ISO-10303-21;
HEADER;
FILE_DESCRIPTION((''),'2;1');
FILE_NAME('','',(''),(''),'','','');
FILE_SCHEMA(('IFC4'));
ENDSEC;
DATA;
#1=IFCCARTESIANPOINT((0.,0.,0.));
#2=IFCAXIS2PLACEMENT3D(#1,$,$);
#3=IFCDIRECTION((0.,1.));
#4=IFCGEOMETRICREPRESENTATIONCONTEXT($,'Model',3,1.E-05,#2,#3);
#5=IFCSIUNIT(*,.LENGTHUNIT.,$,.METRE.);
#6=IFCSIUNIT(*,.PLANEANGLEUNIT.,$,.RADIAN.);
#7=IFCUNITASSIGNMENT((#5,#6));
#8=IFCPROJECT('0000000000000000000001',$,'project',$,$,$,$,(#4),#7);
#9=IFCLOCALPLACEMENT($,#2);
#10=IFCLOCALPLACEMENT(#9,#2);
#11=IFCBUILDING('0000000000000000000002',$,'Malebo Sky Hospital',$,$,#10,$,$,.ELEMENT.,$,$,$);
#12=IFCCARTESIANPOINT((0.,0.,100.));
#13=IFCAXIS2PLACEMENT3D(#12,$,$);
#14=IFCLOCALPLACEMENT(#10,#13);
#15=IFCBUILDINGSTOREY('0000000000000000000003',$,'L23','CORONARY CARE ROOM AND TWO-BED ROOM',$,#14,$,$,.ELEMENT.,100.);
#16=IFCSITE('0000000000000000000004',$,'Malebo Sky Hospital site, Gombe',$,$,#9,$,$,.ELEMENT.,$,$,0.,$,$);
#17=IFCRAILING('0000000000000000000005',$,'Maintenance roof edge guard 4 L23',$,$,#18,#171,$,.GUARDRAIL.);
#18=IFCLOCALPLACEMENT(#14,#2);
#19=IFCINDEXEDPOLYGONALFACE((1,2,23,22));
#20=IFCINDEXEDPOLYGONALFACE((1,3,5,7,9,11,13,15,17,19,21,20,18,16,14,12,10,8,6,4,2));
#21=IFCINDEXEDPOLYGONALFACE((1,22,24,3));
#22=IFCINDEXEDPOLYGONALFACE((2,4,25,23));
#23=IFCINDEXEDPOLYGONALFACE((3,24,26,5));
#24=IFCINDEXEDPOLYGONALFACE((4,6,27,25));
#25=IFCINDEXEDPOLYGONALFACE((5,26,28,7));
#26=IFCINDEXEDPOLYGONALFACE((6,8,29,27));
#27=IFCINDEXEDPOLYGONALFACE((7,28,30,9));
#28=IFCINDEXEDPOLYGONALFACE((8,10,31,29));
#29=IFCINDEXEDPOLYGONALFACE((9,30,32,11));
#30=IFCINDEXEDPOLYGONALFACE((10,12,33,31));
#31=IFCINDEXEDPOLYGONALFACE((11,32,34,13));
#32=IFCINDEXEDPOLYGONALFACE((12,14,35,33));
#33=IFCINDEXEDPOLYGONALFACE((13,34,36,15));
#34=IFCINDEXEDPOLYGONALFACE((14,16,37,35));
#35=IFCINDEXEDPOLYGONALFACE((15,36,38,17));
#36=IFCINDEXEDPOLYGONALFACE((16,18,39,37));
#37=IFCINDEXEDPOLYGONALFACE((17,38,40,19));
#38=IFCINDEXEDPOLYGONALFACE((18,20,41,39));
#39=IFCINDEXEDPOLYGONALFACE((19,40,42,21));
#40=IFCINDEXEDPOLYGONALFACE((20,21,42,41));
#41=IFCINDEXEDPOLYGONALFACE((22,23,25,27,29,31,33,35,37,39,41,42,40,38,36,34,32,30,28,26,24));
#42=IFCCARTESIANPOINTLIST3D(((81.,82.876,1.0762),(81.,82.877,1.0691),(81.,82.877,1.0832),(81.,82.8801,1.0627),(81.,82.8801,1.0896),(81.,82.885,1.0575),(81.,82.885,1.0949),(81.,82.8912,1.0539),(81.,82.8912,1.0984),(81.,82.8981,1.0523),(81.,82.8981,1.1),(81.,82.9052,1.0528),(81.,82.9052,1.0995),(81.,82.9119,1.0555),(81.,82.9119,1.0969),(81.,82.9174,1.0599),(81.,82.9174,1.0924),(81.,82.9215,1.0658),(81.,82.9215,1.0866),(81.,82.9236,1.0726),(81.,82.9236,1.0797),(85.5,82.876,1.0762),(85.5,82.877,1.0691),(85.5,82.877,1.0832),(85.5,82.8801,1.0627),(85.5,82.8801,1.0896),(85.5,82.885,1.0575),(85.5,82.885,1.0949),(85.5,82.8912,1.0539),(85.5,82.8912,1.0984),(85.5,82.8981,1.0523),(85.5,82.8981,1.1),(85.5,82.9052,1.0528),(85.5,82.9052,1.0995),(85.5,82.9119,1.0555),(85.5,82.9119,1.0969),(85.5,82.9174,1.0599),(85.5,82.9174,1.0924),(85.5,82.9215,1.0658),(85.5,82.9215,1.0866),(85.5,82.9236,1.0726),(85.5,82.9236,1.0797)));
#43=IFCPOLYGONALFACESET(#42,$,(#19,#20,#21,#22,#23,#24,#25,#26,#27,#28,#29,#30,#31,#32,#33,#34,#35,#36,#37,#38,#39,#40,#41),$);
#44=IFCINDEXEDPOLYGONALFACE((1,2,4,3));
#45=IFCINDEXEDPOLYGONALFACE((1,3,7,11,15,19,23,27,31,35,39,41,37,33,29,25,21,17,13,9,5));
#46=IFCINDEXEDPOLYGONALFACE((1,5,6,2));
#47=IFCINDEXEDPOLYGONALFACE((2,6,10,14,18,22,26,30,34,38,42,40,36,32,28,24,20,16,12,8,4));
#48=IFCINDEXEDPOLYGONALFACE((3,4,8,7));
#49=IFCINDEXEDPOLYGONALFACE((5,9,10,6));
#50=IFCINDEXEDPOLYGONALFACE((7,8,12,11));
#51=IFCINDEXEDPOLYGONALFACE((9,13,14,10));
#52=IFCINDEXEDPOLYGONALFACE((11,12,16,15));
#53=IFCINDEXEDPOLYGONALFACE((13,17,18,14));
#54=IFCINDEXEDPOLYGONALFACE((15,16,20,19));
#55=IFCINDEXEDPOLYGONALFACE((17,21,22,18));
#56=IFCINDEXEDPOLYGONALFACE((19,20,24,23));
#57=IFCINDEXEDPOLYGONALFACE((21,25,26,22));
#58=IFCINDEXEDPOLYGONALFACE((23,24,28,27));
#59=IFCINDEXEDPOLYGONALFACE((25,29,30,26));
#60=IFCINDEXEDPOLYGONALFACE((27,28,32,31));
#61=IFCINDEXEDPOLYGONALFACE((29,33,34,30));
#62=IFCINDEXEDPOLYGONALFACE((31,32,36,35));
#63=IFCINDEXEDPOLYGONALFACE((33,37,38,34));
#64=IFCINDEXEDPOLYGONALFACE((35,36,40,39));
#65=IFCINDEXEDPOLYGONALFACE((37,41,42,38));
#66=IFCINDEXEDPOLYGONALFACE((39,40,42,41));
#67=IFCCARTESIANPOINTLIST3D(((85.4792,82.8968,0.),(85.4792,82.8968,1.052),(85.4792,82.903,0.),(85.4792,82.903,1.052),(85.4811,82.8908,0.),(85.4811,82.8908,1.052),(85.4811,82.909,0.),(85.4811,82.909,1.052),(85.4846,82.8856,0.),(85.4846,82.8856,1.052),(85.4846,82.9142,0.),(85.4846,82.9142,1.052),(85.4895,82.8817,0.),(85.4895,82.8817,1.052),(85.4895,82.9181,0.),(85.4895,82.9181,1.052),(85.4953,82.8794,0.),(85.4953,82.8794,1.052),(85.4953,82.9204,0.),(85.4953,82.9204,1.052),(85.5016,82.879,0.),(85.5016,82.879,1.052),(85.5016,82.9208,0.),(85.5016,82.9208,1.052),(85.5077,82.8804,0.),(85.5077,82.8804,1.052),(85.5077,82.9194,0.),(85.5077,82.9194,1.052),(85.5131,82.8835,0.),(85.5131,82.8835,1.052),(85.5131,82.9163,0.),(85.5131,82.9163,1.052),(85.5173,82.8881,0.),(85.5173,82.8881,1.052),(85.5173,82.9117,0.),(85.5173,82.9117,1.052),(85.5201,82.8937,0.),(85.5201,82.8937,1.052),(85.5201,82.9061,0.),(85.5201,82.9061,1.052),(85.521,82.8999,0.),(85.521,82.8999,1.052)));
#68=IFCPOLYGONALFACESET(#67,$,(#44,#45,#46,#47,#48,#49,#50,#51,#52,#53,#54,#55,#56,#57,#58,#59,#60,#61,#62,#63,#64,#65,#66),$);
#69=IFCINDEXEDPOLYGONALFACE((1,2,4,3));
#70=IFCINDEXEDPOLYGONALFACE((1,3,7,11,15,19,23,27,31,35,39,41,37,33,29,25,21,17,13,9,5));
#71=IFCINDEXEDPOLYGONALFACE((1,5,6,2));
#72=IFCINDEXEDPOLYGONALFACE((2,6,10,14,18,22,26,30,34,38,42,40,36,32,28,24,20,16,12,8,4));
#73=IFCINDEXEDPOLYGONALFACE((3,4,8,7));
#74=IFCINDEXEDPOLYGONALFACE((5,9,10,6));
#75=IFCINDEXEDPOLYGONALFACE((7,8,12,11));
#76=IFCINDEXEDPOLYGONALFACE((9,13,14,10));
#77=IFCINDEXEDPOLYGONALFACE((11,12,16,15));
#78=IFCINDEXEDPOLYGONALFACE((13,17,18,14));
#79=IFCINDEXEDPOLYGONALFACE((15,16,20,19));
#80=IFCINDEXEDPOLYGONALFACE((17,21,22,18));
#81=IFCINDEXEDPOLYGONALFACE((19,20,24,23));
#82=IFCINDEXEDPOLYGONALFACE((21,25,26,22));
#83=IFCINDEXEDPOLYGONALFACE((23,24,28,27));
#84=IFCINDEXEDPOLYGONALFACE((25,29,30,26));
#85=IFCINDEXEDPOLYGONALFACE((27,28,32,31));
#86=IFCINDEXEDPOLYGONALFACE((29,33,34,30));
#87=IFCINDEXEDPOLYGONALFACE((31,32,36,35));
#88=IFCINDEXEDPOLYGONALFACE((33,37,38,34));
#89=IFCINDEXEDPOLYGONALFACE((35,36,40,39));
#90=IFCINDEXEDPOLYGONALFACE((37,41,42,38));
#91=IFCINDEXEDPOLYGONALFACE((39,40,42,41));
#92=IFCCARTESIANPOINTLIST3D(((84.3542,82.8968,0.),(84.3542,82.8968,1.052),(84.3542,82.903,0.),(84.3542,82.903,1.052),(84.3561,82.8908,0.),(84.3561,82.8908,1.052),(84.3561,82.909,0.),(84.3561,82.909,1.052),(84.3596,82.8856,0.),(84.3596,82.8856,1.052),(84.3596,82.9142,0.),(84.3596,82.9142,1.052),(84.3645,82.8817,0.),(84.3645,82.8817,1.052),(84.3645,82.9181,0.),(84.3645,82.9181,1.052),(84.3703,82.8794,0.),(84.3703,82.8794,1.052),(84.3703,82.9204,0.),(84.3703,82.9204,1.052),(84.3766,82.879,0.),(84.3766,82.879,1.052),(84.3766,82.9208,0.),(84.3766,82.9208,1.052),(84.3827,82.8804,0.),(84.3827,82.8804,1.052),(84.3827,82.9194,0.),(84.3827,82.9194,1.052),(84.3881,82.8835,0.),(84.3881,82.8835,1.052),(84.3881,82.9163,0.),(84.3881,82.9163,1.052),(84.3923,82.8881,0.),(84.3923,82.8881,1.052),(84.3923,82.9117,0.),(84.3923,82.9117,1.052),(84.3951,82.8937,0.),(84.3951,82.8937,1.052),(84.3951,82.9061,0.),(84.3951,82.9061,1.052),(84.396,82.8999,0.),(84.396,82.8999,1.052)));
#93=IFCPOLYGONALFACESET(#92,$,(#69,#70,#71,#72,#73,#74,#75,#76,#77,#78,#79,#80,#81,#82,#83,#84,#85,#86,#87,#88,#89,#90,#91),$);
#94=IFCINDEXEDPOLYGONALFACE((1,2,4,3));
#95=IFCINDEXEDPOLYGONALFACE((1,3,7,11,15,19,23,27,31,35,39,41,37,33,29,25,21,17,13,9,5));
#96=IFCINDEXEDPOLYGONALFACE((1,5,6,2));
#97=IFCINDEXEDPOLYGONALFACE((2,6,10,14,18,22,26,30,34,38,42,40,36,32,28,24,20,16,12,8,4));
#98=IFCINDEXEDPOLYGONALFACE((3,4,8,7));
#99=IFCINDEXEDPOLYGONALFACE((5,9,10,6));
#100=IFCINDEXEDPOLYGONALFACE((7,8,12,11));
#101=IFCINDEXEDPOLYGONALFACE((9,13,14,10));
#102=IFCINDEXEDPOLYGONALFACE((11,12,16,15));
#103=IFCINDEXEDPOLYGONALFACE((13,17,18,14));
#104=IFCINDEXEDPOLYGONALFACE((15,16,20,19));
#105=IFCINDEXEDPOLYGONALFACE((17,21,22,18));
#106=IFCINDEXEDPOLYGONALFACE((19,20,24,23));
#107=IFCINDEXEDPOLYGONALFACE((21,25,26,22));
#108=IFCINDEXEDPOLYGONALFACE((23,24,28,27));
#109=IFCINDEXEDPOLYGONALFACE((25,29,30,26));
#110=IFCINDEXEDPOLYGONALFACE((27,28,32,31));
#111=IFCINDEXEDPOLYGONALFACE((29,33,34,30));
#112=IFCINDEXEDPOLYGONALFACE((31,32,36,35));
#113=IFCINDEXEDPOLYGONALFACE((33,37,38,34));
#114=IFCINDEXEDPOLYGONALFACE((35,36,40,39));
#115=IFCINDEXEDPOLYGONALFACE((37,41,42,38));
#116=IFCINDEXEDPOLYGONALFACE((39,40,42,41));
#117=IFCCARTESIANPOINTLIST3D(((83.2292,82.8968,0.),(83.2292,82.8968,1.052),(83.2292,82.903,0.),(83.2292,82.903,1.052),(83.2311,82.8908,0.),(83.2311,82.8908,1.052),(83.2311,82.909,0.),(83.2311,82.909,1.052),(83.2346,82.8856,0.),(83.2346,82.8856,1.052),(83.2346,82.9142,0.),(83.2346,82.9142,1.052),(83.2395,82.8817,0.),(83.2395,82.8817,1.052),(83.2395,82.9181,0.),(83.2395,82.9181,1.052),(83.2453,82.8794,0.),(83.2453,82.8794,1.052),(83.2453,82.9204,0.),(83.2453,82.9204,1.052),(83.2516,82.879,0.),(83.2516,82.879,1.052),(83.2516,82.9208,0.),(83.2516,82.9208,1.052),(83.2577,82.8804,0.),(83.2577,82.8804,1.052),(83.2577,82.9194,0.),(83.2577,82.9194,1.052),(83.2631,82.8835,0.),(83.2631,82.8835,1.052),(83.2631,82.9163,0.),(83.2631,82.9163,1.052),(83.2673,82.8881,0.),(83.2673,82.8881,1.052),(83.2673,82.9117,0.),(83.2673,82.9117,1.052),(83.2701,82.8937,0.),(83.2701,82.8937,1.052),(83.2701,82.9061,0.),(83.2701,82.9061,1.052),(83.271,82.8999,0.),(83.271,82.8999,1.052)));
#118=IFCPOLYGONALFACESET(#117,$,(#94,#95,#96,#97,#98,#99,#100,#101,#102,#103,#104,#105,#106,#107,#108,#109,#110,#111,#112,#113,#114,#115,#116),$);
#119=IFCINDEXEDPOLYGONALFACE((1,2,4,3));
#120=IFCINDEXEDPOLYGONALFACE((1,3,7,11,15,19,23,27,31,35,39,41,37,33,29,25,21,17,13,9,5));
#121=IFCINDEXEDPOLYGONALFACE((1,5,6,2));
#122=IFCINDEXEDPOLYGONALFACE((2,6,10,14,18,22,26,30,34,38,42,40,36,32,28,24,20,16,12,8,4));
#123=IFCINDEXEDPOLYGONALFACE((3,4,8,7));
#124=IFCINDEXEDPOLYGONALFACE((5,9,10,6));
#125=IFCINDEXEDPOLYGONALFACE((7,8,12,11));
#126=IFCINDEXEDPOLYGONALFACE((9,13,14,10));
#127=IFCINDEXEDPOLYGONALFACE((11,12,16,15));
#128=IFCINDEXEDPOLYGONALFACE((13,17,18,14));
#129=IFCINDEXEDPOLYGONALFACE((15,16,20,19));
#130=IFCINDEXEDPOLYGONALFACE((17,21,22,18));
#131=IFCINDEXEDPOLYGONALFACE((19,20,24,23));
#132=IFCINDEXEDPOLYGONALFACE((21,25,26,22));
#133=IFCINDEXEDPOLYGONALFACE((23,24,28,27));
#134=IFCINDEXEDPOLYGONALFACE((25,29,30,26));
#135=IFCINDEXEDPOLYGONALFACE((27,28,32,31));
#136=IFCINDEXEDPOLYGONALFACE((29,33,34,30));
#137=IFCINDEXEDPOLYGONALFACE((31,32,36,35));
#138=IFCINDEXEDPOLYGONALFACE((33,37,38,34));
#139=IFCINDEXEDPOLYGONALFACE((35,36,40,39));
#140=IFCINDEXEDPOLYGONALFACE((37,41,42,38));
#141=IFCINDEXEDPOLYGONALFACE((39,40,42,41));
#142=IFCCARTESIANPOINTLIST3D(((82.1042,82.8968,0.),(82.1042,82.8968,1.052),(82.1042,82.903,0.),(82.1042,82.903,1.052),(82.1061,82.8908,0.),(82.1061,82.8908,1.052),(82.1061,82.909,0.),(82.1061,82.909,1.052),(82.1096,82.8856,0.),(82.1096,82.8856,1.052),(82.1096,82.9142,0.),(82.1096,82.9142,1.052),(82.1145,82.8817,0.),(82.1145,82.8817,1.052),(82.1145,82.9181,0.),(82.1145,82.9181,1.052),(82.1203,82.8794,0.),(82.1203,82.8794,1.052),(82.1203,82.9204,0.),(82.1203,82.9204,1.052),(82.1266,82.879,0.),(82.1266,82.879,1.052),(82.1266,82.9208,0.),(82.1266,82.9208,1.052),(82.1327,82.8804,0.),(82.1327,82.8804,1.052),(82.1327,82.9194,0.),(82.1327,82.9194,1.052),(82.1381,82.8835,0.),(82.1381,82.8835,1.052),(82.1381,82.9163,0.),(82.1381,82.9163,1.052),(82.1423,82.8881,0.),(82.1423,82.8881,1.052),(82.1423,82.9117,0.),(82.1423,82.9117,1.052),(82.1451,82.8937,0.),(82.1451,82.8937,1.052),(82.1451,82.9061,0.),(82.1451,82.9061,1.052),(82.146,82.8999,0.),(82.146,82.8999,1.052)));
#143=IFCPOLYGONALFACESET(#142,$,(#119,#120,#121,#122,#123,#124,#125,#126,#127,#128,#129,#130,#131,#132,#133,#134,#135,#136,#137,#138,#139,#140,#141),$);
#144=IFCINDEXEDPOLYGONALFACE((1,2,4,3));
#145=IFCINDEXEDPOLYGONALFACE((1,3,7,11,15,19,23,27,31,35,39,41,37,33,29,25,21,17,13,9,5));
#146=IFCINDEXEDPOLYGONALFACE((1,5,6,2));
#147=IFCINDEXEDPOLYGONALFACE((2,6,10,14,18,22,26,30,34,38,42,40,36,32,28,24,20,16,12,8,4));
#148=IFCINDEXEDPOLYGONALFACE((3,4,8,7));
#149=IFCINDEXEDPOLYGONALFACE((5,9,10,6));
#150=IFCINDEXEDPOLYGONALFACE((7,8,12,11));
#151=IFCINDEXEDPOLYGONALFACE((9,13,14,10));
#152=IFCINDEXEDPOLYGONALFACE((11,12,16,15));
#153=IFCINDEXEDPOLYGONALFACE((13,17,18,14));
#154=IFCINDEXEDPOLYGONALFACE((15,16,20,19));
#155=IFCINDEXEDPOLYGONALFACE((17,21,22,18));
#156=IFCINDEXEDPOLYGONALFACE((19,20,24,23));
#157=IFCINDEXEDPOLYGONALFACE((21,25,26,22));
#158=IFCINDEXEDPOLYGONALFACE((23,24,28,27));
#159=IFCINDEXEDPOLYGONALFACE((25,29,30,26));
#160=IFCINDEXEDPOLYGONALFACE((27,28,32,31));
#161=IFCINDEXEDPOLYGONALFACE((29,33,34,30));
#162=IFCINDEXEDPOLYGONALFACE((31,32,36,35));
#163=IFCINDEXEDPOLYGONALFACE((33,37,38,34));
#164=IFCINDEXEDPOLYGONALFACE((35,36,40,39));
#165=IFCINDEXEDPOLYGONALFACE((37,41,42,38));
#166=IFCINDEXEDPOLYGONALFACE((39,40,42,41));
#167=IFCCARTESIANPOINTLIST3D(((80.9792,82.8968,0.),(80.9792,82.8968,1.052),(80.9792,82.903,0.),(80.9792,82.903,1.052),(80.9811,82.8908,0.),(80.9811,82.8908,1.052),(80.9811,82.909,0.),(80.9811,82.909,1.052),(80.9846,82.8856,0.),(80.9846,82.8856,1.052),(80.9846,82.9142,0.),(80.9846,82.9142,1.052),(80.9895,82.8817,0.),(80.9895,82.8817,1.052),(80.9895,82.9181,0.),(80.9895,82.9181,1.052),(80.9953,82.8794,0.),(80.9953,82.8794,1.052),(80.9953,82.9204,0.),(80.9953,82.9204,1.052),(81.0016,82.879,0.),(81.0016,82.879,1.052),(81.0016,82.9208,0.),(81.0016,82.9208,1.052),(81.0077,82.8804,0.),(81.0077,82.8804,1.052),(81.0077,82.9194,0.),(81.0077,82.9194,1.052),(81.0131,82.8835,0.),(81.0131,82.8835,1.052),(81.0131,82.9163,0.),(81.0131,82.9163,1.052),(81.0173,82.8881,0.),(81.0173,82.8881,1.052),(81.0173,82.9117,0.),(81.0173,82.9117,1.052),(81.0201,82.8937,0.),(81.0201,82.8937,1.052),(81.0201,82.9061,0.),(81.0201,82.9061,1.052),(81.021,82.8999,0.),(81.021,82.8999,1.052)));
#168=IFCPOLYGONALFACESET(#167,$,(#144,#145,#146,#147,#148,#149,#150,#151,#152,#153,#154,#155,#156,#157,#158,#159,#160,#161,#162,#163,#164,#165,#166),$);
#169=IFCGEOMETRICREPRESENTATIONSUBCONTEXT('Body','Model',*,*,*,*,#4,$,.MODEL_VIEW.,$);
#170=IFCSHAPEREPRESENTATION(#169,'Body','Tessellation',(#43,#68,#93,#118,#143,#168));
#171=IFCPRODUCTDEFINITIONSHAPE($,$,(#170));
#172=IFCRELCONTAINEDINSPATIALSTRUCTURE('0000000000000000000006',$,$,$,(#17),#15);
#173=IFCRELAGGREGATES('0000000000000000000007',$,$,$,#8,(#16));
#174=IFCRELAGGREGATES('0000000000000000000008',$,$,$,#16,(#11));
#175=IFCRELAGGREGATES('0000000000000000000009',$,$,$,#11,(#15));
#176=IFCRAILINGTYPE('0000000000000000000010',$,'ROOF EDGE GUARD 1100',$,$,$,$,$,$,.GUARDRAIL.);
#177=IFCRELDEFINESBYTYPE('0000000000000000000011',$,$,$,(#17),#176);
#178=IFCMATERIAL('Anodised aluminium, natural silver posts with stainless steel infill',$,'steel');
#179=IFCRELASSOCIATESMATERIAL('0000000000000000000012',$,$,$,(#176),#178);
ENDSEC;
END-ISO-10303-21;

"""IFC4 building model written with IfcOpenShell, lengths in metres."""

from ifc_helpers import new_model, si_unit, direction, frame, origin, origin_2d, place, context, subcontext, project, spatial, circle, extrude, material, type_object, element, save


model = new_model("IFC4")

# Units and contexts
model_context = context("Model", 3, precision=1e-05, world=origin(), true_north=direction((0.0, 1.0)))
body_context = subcontext(model_context, "Body", "Model", "MODEL_VIEW")
ifc_project = project(units=[si_unit("LENGTHUNIT", "METRE"), si_unit("PLANEANGLEUNIT", "RADIAN")], contexts=[model_context])

# Site, building, storey
site_placement = place(None, origin())
site = spatial("IfcSite", under=ifc_project, at=site_placement, Name="Malebo Sky Hospital site, Gombe", CompositionType="ELEMENT", RefElevation=0.0)
building_placement = place(site_placement, origin())
building = spatial("IfcBuilding", under=site, at=building_placement, Name="Malebo Sky Hospital", CompositionType="ELEMENT")
storey_placement = place(building_placement, frame((0.0, 0.0, 100.0)))
storey = spatial("IfcBuildingStorey", under=building, at=storey_placement, Name="L23", Description="CORONARY CARE ROOM AND TWO-BED ROOM", CompositionType="ELEMENT", Elevation=100.0)

# Railing
ifc_material_1 = material(Name="Anodised aluminium, natural silver posts with stainless steel infill", Category="steel")
railing_type = type_object("IfcRailingType", Name="ROOF EDGE GUARD 1100", PredefinedType="GUARDRAIL", material=ifc_material_1)
railing_1_placement = place(storey_placement, frame((85.5, 82.8999, 0.0)))
element("IfcRailing", 1, at=railing_1_placement, inside=storey, type_object=railing_type, Name="Maintenance roof edge guard 4 L23", PredefinedType="GUARDRAIL", context=body_context, shape_type="SweptSolid", body=[
    extrude(circle(Radius=0.0239, at=origin_2d()), frame((0.0, 0.0, 1.0762), z_axis=(-1.0, 0.0, 0.0), x_axis=(0.0, -1.0, 0.0)), (0.0, 0.0, 1.0), 4.5),
    extrude(circle(Radius=0.021, at=origin_2d()), origin(), (0.0, 0.0, 1.0), 1.052),
    extrude(circle(Radius=0.021, at=origin_2d()), frame((-1.125, 0.0, 0.0)), (0.0, 0.0, 1.0), 1.052),
    extrude(circle(Radius=0.021, at=origin_2d()), frame((-2.25, 0.0, 0.0)), (0.0, 0.0, 1.0), 1.052),
    extrude(circle(Radius=0.021, at=origin_2d()), frame((-3.375, 0.0, 0.0)), (0.0, 0.0, 1.0), 1.052),
    extrude(circle(Radius=0.021, at=origin_2d()), frame((-4.5, 0.0, 0.0)), (0.0, 0.0, 1.0), 1.052),
])

save(model, "model.ifc")
